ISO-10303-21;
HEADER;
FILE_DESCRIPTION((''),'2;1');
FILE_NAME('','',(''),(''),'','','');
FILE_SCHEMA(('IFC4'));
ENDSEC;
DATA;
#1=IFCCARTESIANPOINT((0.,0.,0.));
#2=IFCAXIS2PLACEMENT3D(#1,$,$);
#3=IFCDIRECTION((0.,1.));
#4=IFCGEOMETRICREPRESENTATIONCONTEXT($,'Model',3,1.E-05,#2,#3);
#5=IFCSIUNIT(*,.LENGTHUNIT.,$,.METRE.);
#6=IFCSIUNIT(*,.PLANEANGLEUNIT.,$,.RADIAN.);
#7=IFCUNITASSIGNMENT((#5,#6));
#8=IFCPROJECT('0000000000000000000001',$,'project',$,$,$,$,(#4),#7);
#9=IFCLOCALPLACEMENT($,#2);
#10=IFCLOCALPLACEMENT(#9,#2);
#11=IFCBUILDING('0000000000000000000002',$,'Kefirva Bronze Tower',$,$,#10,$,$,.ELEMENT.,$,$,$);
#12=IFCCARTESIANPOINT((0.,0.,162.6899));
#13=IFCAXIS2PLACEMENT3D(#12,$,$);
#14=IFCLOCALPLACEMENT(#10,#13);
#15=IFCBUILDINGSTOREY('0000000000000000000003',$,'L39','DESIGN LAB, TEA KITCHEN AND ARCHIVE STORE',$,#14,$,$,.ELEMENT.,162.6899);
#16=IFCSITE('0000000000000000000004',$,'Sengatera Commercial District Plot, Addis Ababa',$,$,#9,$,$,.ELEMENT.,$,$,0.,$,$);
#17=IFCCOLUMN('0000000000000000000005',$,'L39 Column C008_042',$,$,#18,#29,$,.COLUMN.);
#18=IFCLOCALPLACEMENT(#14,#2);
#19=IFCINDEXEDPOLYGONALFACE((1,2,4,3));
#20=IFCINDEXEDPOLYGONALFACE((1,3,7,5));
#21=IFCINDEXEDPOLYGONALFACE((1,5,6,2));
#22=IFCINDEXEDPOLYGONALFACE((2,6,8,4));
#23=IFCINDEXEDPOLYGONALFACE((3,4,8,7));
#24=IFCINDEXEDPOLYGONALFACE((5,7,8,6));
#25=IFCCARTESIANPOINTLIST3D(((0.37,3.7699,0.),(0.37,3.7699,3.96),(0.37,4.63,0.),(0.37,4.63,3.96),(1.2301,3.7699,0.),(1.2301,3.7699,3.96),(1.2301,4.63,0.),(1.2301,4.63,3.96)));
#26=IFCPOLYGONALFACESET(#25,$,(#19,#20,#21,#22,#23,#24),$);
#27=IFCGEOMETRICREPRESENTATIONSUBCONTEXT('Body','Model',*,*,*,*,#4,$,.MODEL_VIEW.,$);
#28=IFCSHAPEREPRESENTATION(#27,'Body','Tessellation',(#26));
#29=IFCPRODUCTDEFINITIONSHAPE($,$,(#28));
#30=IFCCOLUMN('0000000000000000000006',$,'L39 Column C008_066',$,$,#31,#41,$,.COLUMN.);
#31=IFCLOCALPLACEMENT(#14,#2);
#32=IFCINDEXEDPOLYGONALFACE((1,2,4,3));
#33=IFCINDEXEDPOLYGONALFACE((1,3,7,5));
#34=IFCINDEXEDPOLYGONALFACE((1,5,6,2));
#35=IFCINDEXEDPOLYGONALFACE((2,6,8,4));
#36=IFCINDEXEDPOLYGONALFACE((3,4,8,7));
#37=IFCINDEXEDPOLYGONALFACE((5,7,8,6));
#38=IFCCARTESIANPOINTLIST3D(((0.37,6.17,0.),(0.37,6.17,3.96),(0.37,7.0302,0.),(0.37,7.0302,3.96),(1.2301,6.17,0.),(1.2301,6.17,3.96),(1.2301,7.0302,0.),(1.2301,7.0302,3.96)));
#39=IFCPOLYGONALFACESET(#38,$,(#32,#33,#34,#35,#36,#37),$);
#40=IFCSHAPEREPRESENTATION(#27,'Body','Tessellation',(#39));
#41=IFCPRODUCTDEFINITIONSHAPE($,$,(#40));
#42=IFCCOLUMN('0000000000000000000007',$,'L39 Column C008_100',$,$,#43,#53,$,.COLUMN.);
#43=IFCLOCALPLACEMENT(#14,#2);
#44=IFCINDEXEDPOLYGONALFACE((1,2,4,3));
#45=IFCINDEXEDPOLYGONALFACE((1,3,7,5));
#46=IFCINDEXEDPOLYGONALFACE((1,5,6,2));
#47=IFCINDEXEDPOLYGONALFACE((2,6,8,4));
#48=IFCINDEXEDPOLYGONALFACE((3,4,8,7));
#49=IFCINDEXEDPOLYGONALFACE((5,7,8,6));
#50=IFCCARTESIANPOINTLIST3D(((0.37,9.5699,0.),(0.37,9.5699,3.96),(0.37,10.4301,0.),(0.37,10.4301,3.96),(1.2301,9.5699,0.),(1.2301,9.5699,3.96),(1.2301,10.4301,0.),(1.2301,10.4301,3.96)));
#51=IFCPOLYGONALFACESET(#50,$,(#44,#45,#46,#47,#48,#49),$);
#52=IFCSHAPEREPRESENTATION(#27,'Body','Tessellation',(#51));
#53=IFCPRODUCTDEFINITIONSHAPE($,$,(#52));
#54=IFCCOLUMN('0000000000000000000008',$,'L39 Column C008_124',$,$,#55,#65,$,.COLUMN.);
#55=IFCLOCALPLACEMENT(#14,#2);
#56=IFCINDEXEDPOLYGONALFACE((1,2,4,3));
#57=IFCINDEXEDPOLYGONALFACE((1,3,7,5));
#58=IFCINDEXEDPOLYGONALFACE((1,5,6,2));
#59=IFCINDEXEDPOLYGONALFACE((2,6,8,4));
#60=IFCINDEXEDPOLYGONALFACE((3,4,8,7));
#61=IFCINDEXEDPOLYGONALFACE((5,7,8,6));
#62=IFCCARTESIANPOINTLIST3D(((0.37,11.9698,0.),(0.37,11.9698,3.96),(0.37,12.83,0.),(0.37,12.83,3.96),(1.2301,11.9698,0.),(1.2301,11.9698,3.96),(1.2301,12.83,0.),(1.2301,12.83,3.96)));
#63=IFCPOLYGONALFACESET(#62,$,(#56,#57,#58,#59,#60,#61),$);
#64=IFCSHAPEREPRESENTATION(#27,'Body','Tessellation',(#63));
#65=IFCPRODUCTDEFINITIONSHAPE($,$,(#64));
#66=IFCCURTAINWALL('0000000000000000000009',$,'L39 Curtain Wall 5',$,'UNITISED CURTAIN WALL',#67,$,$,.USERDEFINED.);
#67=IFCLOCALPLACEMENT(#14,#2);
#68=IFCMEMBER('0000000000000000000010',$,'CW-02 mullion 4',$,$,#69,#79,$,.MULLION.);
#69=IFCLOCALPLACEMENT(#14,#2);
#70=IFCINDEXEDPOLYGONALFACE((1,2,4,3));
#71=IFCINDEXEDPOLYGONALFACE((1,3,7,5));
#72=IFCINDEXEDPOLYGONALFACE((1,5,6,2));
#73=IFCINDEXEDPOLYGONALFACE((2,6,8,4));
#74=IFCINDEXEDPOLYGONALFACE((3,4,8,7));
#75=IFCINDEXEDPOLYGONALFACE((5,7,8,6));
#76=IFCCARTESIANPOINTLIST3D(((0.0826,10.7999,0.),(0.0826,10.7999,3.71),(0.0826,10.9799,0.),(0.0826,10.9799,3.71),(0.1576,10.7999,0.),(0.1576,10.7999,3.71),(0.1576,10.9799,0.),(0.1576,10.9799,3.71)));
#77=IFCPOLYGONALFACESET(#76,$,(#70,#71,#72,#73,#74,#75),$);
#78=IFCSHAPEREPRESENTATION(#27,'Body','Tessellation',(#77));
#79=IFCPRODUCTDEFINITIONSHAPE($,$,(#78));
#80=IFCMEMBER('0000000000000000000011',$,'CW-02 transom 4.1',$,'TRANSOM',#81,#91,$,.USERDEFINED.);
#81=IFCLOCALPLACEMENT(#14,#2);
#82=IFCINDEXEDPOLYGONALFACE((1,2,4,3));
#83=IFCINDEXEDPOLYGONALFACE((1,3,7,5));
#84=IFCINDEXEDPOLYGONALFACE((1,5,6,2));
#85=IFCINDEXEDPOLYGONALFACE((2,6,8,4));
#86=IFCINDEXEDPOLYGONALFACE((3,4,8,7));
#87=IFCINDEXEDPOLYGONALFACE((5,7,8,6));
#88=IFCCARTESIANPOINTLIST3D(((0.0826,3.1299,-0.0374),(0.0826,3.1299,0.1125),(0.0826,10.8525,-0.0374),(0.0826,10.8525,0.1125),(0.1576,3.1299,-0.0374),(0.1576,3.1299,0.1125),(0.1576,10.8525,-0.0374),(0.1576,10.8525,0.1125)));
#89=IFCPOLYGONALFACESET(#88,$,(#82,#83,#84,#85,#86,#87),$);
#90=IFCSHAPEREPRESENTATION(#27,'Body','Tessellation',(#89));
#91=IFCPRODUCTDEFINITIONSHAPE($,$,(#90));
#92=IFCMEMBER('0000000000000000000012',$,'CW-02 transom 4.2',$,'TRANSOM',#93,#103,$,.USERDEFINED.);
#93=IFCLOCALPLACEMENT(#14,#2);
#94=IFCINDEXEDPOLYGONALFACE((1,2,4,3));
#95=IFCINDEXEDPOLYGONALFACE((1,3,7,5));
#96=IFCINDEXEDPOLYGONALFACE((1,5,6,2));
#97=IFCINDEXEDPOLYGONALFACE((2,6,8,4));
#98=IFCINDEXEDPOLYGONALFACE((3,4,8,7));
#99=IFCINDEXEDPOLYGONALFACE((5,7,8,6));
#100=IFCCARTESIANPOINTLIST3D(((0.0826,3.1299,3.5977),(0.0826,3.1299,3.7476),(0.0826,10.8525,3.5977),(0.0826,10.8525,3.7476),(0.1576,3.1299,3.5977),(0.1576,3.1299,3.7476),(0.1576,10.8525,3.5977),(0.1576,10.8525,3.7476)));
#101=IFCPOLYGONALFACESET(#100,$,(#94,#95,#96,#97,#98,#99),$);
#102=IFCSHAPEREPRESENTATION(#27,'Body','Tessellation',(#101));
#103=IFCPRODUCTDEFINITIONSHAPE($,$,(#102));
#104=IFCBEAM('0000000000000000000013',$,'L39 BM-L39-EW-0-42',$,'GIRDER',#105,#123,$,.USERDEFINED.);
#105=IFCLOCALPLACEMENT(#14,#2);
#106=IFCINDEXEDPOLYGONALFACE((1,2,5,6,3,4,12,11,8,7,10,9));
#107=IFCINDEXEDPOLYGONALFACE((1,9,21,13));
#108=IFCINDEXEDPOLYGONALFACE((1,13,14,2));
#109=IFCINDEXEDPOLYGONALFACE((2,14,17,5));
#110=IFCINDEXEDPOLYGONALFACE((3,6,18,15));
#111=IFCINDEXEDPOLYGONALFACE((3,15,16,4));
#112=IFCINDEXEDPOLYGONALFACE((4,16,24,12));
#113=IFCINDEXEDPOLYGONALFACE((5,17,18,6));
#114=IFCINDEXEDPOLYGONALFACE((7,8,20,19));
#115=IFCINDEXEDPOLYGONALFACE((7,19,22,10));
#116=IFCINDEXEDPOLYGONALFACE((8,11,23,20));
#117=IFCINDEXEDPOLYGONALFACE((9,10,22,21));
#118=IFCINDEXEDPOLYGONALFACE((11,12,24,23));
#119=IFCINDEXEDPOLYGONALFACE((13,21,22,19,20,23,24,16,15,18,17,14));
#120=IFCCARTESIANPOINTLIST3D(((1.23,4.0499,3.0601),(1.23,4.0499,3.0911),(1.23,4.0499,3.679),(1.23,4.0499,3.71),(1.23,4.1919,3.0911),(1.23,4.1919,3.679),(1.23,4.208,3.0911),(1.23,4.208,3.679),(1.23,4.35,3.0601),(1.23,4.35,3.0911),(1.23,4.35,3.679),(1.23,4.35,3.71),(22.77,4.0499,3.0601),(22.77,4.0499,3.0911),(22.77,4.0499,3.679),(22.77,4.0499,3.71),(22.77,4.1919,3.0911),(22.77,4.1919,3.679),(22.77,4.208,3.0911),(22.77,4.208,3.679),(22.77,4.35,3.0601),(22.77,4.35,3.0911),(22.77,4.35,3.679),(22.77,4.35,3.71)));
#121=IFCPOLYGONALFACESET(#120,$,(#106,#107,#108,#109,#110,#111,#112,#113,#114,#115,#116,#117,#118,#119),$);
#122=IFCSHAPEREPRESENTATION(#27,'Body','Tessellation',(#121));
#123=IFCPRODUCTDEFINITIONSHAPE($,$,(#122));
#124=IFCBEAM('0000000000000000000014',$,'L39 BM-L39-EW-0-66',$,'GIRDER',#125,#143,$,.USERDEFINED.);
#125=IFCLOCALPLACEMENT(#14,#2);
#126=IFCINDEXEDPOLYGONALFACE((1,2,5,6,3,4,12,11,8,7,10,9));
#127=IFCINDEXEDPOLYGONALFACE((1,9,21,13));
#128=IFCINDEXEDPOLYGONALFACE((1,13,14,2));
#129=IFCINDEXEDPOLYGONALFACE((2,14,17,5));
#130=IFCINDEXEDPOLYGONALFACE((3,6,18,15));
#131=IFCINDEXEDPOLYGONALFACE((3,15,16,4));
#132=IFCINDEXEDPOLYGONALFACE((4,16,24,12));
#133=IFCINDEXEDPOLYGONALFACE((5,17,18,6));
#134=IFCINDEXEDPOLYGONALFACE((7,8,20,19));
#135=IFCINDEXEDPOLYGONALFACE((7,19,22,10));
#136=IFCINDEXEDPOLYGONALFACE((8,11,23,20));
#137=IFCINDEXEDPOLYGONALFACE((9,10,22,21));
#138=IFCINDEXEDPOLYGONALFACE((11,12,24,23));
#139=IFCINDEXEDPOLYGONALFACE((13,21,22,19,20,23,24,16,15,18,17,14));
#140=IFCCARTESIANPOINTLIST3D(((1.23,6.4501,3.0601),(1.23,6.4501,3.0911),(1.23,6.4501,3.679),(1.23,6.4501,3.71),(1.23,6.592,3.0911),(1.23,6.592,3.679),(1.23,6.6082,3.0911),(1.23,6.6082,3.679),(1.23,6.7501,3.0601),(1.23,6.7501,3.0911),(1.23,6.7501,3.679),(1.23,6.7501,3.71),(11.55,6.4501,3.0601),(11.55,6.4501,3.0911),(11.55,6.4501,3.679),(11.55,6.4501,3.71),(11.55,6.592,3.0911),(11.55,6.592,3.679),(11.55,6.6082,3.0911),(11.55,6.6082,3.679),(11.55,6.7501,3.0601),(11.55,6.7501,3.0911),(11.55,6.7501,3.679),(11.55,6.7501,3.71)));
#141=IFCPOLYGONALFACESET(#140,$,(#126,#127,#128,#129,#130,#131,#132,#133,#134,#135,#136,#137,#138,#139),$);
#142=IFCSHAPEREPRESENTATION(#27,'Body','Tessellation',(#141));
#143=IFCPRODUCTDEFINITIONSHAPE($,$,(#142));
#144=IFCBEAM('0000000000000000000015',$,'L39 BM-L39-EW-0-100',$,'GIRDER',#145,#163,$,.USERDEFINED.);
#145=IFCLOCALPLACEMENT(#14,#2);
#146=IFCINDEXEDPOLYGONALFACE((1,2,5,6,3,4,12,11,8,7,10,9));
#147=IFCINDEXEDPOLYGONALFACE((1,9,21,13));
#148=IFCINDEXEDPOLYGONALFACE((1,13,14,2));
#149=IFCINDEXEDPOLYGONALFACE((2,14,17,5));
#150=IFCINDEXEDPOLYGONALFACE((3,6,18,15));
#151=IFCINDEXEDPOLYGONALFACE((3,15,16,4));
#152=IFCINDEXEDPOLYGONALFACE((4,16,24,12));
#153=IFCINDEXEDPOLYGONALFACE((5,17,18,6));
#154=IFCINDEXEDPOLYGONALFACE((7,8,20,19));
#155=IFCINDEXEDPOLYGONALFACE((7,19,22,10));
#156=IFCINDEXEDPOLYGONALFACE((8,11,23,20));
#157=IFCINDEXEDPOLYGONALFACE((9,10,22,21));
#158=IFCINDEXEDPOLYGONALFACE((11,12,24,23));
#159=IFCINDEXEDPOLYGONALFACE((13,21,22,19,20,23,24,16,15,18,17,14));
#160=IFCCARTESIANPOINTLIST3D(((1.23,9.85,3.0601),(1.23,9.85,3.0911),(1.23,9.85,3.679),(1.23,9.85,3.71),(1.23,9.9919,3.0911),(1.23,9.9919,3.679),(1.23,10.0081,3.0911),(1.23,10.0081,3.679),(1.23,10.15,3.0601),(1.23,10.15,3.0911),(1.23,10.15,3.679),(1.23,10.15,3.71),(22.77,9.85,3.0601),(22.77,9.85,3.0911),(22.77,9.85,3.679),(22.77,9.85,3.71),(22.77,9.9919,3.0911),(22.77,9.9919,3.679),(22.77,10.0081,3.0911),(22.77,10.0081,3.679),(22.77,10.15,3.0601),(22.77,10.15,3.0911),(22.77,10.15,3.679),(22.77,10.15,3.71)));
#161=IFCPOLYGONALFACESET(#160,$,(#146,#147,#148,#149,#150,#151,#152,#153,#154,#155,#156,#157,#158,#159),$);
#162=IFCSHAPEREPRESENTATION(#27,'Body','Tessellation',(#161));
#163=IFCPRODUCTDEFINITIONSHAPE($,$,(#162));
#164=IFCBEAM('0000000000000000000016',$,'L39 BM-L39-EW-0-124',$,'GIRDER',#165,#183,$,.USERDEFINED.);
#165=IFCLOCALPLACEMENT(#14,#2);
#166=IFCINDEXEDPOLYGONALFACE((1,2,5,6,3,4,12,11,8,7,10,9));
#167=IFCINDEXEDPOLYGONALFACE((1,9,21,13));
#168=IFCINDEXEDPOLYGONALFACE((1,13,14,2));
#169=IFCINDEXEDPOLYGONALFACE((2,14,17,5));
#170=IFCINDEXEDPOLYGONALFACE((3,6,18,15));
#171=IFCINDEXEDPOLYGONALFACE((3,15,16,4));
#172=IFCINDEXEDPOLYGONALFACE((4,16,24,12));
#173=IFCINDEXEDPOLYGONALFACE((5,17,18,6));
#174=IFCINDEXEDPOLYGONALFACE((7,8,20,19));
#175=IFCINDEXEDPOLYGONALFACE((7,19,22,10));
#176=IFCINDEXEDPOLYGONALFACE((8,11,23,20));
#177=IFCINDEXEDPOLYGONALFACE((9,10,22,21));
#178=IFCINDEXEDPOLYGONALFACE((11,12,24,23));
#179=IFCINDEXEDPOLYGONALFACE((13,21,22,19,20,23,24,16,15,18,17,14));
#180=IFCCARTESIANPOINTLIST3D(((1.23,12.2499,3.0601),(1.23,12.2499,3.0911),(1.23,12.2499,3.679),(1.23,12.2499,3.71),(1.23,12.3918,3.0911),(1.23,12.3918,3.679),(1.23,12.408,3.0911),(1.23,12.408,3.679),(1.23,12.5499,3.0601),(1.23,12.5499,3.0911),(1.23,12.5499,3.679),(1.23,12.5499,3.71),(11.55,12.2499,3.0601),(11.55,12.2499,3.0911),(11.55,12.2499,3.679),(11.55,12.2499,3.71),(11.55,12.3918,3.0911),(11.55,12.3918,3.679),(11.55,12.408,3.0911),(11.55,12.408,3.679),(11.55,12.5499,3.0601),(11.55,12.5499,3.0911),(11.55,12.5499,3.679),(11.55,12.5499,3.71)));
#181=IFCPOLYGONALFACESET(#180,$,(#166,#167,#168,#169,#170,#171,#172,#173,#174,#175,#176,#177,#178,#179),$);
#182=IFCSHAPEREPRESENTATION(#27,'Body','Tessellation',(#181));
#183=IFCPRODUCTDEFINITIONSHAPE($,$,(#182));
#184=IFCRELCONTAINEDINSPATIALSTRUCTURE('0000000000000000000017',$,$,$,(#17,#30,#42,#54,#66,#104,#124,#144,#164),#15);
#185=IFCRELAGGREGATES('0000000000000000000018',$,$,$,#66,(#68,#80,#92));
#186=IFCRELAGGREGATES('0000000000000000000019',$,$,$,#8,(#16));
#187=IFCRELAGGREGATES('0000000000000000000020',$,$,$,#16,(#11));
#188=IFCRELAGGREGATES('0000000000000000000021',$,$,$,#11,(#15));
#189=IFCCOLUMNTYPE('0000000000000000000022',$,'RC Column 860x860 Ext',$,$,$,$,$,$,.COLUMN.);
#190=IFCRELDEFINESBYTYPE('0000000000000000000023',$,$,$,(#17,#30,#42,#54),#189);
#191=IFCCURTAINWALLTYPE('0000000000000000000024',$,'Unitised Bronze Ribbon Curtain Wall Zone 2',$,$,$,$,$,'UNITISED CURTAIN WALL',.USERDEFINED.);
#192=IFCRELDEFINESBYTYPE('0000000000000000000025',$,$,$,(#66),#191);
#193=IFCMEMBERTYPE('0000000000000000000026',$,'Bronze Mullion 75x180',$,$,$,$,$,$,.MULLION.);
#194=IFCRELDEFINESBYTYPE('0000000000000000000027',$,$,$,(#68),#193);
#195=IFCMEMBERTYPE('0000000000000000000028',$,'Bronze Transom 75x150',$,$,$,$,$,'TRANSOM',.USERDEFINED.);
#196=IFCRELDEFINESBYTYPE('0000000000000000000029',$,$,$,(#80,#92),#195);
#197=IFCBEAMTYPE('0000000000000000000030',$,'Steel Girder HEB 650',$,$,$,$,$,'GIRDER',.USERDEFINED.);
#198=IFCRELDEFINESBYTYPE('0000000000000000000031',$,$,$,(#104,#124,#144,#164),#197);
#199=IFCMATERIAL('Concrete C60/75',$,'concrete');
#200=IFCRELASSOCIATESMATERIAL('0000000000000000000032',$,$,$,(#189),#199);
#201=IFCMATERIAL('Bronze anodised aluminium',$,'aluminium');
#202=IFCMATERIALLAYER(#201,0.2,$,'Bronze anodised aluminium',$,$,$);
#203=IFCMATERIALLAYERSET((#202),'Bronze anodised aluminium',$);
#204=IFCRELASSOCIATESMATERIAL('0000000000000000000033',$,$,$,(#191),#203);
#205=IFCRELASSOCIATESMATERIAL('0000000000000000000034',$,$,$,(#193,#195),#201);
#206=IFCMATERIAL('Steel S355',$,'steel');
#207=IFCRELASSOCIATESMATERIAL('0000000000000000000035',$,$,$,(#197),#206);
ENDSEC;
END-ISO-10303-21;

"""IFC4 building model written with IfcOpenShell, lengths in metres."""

from ifc_helpers import new_model, si_unit, direction, frame, origin, origin_2d, place, context, subcontext, project, spatial, rectangle, i_section, extrude, material, layer, layer_set, material_profile, profile_set, type_object, element, aggregate, save


model = new_model("IFC4")

# Units and contexts
model_context = context("Model", 3, precision=1e-05, world=origin(), true_north=direction((0.0, 1.0)))
body_context = subcontext(model_context, "Body", "Model", "MODEL_VIEW")
ifc_project = project(units=[si_unit("LENGTHUNIT", "METRE"), si_unit("PLANEANGLEUNIT", "RADIAN")], contexts=[model_context])

# Site, building, storey
site_placement = place(None, origin())
site = spatial("IfcSite", under=ifc_project, at=site_placement, Name="Sengatera Commercial District Plot, Addis Ababa", CompositionType="ELEMENT", RefElevation=0.0)
building_placement = place(site_placement, origin())
building = spatial("IfcBuilding", under=site, at=building_placement, Name="Kefirva Bronze Tower", CompositionType="ELEMENT")
storey_placement = place(building_placement, frame((0.0, 0.0, 162.6899)))
storey = spatial("IfcBuildingStorey", under=building, at=storey_placement, Name="L39", Description="DESIGN LAB, TEA KITCHEN AND ARCHIVE STORE", CompositionType="ELEMENT", Elevation=162.6899)

# Columns
ifc_material_1 = material(Name="Concrete C60/75", Category="concrete")
ifc_material_profile_1 = material_profile(ifc_material_1, rectangle(XDim=0.8601, YDim=0.8601, at=origin_2d()), Name="RC 860x860")
ifc_profile_set_1 = profile_set([ifc_material_profile_1], Name="Concrete C60/75")
column_type = type_object("IfcColumnType", Name="RC Column 860x860 Ext", PredefinedType="COLUMN", material=ifc_profile_set_1)
for number, where, z_axis, x_axis, name in (
    (1, (0.8, 4.2, 0.0), (0.0, 0.0, 1.0), (1.0, 0.0, 0.0), "L39 Column C008_042"),
    (2, (0.8, 6.6001, 0.0), (0.0, 0.0, 1.0), (1.0, 0.0, 0.0), "L39 Column C008_066"),
    (3, (0.8, 10.0, 0.0), (0.0, 0.0, 1.0), (1.0, 0.0, 0.0), "L39 Column C008_100"),
    (4, (0.8, 12.3999, 0.0), (0.0, 0.0, 1.0), (1.0, 0.0, 0.0), "L39 Column C008_124"),
):
    element("IfcColumn", number, at=place(storey_placement, frame(where, z_axis=z_axis, x_axis=x_axis)), inside=storey, type_object=column_type, Name=name, PredefinedType="COLUMN", context=body_context, shape_type="SweptSolid", body=[
        extrude(rectangle(XDim=0.8601, YDim=0.8601, at=origin_2d()), origin(), (0.0, 0.0, 1.0), 3.96),
    ])

# Curtain wall, members
ifc_material_2 = material(Name="Bronze anodised aluminium", Category="aluminium")
ifc_layer_1 = layer(ifc_material_2, 0.2, Name="Bronze anodised aluminium")
ifc_layer_set_1 = layer_set([ifc_layer_1], Name="Bronze anodised aluminium")
curtain_wall_type = type_object("IfcCurtainWallType", Name="Unitised Bronze Ribbon Curtain Wall Zone 2", ElementType="UNITISED CURTAIN WALL", PredefinedType="USERDEFINED", material=ifc_layer_set_1)
curtain_wall_placement = place(storey_placement, origin())
curtain_wall = element("IfcCurtainWall", 5, at=curtain_wall_placement, inside=storey, type_object=curtain_wall_type, Name="L39 Curtain Wall 5", ObjectType="UNITISED CURTAIN WALL", PredefinedType="USERDEFINED")
ifc_material_profile_2 = material_profile(ifc_material_2, rectangle(XDim=0.075, YDim=0.1799, at=origin_2d()), Name="ALU 75x180")
ifc_profile_set_2 = profile_set([ifc_material_profile_2], Name="Bronze anodised aluminium")
member_type_1 = type_object("IfcMemberType", Name="Bronze Mullion 75x180", PredefinedType="MULLION", material=ifc_profile_set_2)
member_1_placement = place(storey_placement, frame((0.1201, 10.8899, 0.0), z_axis=(0.0, 0.0, 1.0), x_axis=(1.0, 0.0, 0.0)))
member_1 = element("IfcMember", 6, at=member_1_placement, type_object=member_type_1, Name="CW-02 mullion 4", PredefinedType="MULLION", context=body_context, shape_type="SweptSolid", body=[
    extrude(rectangle(XDim=0.075, YDim=0.1799, at=origin_2d()), origin(), (0.0, 0.0, 1.0), 3.71),
])
ifc_material_profile_3 = material_profile(ifc_material_2, rectangle(XDim=0.075, YDim=0.1499, at=origin_2d()), Name="ALU 75x150")
ifc_profile_set_3 = profile_set([ifc_material_profile_3], Name="Bronze anodised aluminium")
member_type_2 = type_object("IfcMemberType", Name="Bronze Transom 75x150", ElementType="TRANSOM", PredefinedType="USERDEFINED", material=ifc_profile_set_3)
member_2_placement = place(storey_placement, frame((0.1201, 10.8525, 0.0376), z_axis=(0.0, -1.0, 0.0), x_axis=(1.0, 0.0, 0.0)))
member_2 = element("IfcMember", 7, at=member_2_placement, type_object=member_type_2, Name="CW-02 transom 4.1", ObjectType="TRANSOM", PredefinedType="USERDEFINED", context=body_context, shape_type="SweptSolid", body=[
    extrude(rectangle(XDim=0.075, YDim=0.1499, at=origin_2d()), origin(), (0.0, 0.0, 1.0), 7.7227),
])
member_3_placement = place(storey_placement, frame((0.1201, 10.8525, 3.6726), z_axis=(0.0, -1.0, 0.0), x_axis=(1.0, 0.0, 0.0)))
member_3 = element("IfcMember", 8, at=member_3_placement, type_object=member_type_2, Name="CW-02 transom 4.2", ObjectType="TRANSOM", PredefinedType="USERDEFINED", context=body_context, shape_type="SweptSolid", body=[
    extrude(rectangle(XDim=0.075, YDim=0.1499, at=origin_2d()), origin(), (0.0, 0.0, 1.0), 7.7227),
])
aggregate(curtain_wall, [member_1, member_2, member_3])

# Beams
ifc_material_3 = material(Name="Steel S355", Category="steel")
ifc_material_profile_4 = material_profile(ifc_material_3, i_section(OverallWidth=0.3, OverallDepth=0.6499, WebThickness=0.0161, FlangeThickness=0.031, at=origin_2d()), Name="HEB 650")
ifc_profile_set_4 = profile_set([ifc_material_profile_4], Name="Steel S355")
beam_type_1 = type_object("IfcBeamType", Name="Steel Girder HEB 650", ElementType="GIRDER", PredefinedType="USERDEFINED", material=ifc_profile_set_4)
beam_1_placement = place(storey_placement, frame((1.23, 4.2, 3.385), z_axis=(1.0, 0.0, 0.0), x_axis=(0.0, 1.0, 0.0)))
element("IfcBeam", 9, at=beam_1_placement, inside=storey, type_object=beam_type_1, Name="L39 BM-L39-EW-0-42", ObjectType="GIRDER", PredefinedType="USERDEFINED", context=body_context, shape_type="SweptSolid", body=[
    extrude(i_section(OverallWidth=0.3, OverallDepth=0.6499, WebThickness=0.0161, FlangeThickness=0.031, at=origin_2d()), origin(), (0.0, 0.0, 1.0), 21.54),
])
beam_2_placement = place(storey_placement, frame((1.23, 6.6001, 3.385), z_axis=(1.0, 0.0, 0.0), x_axis=(0.0, 1.0, 0.0)))
element("IfcBeam", 10, at=beam_2_placement, inside=storey, type_object=beam_type_1, Name="L39 BM-L39-EW-0-66", ObjectType="GIRDER", PredefinedType="USERDEFINED", context=body_context, shape_type="SweptSolid", body=[
    extrude(i_section(OverallWidth=0.3, OverallDepth=0.6499, WebThickness=0.0161, FlangeThickness=0.031, at=origin_2d()), origin(), (0.0, 0.0, 1.0), 10.3201),
])
beam_3_placement = place(storey_placement, frame((1.23, 10.0, 3.385), z_axis=(1.0, 0.0, 0.0), x_axis=(0.0, 1.0, 0.0)))
element("IfcBeam", 11, at=beam_3_placement, inside=storey, type_object=beam_type_1, Name="L39 BM-L39-EW-0-100", ObjectType="GIRDER", PredefinedType="USERDEFINED", context=body_context, shape_type="SweptSolid", body=[
    extrude(i_section(OverallWidth=0.3, OverallDepth=0.6499, WebThickness=0.0161, FlangeThickness=0.031, at=origin_2d()), origin(), (0.0, 0.0, 1.0), 21.54),
])
beam_4_placement = place(storey_placement, frame((1.23, 12.3999, 3.385), z_axis=(1.0, 0.0, 0.0), x_axis=(0.0, 1.0, 0.0)))
element("IfcBeam", 12, at=beam_4_placement, inside=storey, type_object=beam_type_1, Name="L39 BM-L39-EW-0-124", ObjectType="GIRDER", PredefinedType="USERDEFINED", context=body_context, shape_type="SweptSolid", body=[
    extrude(i_section(OverallWidth=0.3, OverallDepth=0.6499, WebThickness=0.0161, FlangeThickness=0.031, at=origin_2d()), origin(), (0.0, 0.0, 1.0), 10.3201),
])

save(model, "model.ifc")
